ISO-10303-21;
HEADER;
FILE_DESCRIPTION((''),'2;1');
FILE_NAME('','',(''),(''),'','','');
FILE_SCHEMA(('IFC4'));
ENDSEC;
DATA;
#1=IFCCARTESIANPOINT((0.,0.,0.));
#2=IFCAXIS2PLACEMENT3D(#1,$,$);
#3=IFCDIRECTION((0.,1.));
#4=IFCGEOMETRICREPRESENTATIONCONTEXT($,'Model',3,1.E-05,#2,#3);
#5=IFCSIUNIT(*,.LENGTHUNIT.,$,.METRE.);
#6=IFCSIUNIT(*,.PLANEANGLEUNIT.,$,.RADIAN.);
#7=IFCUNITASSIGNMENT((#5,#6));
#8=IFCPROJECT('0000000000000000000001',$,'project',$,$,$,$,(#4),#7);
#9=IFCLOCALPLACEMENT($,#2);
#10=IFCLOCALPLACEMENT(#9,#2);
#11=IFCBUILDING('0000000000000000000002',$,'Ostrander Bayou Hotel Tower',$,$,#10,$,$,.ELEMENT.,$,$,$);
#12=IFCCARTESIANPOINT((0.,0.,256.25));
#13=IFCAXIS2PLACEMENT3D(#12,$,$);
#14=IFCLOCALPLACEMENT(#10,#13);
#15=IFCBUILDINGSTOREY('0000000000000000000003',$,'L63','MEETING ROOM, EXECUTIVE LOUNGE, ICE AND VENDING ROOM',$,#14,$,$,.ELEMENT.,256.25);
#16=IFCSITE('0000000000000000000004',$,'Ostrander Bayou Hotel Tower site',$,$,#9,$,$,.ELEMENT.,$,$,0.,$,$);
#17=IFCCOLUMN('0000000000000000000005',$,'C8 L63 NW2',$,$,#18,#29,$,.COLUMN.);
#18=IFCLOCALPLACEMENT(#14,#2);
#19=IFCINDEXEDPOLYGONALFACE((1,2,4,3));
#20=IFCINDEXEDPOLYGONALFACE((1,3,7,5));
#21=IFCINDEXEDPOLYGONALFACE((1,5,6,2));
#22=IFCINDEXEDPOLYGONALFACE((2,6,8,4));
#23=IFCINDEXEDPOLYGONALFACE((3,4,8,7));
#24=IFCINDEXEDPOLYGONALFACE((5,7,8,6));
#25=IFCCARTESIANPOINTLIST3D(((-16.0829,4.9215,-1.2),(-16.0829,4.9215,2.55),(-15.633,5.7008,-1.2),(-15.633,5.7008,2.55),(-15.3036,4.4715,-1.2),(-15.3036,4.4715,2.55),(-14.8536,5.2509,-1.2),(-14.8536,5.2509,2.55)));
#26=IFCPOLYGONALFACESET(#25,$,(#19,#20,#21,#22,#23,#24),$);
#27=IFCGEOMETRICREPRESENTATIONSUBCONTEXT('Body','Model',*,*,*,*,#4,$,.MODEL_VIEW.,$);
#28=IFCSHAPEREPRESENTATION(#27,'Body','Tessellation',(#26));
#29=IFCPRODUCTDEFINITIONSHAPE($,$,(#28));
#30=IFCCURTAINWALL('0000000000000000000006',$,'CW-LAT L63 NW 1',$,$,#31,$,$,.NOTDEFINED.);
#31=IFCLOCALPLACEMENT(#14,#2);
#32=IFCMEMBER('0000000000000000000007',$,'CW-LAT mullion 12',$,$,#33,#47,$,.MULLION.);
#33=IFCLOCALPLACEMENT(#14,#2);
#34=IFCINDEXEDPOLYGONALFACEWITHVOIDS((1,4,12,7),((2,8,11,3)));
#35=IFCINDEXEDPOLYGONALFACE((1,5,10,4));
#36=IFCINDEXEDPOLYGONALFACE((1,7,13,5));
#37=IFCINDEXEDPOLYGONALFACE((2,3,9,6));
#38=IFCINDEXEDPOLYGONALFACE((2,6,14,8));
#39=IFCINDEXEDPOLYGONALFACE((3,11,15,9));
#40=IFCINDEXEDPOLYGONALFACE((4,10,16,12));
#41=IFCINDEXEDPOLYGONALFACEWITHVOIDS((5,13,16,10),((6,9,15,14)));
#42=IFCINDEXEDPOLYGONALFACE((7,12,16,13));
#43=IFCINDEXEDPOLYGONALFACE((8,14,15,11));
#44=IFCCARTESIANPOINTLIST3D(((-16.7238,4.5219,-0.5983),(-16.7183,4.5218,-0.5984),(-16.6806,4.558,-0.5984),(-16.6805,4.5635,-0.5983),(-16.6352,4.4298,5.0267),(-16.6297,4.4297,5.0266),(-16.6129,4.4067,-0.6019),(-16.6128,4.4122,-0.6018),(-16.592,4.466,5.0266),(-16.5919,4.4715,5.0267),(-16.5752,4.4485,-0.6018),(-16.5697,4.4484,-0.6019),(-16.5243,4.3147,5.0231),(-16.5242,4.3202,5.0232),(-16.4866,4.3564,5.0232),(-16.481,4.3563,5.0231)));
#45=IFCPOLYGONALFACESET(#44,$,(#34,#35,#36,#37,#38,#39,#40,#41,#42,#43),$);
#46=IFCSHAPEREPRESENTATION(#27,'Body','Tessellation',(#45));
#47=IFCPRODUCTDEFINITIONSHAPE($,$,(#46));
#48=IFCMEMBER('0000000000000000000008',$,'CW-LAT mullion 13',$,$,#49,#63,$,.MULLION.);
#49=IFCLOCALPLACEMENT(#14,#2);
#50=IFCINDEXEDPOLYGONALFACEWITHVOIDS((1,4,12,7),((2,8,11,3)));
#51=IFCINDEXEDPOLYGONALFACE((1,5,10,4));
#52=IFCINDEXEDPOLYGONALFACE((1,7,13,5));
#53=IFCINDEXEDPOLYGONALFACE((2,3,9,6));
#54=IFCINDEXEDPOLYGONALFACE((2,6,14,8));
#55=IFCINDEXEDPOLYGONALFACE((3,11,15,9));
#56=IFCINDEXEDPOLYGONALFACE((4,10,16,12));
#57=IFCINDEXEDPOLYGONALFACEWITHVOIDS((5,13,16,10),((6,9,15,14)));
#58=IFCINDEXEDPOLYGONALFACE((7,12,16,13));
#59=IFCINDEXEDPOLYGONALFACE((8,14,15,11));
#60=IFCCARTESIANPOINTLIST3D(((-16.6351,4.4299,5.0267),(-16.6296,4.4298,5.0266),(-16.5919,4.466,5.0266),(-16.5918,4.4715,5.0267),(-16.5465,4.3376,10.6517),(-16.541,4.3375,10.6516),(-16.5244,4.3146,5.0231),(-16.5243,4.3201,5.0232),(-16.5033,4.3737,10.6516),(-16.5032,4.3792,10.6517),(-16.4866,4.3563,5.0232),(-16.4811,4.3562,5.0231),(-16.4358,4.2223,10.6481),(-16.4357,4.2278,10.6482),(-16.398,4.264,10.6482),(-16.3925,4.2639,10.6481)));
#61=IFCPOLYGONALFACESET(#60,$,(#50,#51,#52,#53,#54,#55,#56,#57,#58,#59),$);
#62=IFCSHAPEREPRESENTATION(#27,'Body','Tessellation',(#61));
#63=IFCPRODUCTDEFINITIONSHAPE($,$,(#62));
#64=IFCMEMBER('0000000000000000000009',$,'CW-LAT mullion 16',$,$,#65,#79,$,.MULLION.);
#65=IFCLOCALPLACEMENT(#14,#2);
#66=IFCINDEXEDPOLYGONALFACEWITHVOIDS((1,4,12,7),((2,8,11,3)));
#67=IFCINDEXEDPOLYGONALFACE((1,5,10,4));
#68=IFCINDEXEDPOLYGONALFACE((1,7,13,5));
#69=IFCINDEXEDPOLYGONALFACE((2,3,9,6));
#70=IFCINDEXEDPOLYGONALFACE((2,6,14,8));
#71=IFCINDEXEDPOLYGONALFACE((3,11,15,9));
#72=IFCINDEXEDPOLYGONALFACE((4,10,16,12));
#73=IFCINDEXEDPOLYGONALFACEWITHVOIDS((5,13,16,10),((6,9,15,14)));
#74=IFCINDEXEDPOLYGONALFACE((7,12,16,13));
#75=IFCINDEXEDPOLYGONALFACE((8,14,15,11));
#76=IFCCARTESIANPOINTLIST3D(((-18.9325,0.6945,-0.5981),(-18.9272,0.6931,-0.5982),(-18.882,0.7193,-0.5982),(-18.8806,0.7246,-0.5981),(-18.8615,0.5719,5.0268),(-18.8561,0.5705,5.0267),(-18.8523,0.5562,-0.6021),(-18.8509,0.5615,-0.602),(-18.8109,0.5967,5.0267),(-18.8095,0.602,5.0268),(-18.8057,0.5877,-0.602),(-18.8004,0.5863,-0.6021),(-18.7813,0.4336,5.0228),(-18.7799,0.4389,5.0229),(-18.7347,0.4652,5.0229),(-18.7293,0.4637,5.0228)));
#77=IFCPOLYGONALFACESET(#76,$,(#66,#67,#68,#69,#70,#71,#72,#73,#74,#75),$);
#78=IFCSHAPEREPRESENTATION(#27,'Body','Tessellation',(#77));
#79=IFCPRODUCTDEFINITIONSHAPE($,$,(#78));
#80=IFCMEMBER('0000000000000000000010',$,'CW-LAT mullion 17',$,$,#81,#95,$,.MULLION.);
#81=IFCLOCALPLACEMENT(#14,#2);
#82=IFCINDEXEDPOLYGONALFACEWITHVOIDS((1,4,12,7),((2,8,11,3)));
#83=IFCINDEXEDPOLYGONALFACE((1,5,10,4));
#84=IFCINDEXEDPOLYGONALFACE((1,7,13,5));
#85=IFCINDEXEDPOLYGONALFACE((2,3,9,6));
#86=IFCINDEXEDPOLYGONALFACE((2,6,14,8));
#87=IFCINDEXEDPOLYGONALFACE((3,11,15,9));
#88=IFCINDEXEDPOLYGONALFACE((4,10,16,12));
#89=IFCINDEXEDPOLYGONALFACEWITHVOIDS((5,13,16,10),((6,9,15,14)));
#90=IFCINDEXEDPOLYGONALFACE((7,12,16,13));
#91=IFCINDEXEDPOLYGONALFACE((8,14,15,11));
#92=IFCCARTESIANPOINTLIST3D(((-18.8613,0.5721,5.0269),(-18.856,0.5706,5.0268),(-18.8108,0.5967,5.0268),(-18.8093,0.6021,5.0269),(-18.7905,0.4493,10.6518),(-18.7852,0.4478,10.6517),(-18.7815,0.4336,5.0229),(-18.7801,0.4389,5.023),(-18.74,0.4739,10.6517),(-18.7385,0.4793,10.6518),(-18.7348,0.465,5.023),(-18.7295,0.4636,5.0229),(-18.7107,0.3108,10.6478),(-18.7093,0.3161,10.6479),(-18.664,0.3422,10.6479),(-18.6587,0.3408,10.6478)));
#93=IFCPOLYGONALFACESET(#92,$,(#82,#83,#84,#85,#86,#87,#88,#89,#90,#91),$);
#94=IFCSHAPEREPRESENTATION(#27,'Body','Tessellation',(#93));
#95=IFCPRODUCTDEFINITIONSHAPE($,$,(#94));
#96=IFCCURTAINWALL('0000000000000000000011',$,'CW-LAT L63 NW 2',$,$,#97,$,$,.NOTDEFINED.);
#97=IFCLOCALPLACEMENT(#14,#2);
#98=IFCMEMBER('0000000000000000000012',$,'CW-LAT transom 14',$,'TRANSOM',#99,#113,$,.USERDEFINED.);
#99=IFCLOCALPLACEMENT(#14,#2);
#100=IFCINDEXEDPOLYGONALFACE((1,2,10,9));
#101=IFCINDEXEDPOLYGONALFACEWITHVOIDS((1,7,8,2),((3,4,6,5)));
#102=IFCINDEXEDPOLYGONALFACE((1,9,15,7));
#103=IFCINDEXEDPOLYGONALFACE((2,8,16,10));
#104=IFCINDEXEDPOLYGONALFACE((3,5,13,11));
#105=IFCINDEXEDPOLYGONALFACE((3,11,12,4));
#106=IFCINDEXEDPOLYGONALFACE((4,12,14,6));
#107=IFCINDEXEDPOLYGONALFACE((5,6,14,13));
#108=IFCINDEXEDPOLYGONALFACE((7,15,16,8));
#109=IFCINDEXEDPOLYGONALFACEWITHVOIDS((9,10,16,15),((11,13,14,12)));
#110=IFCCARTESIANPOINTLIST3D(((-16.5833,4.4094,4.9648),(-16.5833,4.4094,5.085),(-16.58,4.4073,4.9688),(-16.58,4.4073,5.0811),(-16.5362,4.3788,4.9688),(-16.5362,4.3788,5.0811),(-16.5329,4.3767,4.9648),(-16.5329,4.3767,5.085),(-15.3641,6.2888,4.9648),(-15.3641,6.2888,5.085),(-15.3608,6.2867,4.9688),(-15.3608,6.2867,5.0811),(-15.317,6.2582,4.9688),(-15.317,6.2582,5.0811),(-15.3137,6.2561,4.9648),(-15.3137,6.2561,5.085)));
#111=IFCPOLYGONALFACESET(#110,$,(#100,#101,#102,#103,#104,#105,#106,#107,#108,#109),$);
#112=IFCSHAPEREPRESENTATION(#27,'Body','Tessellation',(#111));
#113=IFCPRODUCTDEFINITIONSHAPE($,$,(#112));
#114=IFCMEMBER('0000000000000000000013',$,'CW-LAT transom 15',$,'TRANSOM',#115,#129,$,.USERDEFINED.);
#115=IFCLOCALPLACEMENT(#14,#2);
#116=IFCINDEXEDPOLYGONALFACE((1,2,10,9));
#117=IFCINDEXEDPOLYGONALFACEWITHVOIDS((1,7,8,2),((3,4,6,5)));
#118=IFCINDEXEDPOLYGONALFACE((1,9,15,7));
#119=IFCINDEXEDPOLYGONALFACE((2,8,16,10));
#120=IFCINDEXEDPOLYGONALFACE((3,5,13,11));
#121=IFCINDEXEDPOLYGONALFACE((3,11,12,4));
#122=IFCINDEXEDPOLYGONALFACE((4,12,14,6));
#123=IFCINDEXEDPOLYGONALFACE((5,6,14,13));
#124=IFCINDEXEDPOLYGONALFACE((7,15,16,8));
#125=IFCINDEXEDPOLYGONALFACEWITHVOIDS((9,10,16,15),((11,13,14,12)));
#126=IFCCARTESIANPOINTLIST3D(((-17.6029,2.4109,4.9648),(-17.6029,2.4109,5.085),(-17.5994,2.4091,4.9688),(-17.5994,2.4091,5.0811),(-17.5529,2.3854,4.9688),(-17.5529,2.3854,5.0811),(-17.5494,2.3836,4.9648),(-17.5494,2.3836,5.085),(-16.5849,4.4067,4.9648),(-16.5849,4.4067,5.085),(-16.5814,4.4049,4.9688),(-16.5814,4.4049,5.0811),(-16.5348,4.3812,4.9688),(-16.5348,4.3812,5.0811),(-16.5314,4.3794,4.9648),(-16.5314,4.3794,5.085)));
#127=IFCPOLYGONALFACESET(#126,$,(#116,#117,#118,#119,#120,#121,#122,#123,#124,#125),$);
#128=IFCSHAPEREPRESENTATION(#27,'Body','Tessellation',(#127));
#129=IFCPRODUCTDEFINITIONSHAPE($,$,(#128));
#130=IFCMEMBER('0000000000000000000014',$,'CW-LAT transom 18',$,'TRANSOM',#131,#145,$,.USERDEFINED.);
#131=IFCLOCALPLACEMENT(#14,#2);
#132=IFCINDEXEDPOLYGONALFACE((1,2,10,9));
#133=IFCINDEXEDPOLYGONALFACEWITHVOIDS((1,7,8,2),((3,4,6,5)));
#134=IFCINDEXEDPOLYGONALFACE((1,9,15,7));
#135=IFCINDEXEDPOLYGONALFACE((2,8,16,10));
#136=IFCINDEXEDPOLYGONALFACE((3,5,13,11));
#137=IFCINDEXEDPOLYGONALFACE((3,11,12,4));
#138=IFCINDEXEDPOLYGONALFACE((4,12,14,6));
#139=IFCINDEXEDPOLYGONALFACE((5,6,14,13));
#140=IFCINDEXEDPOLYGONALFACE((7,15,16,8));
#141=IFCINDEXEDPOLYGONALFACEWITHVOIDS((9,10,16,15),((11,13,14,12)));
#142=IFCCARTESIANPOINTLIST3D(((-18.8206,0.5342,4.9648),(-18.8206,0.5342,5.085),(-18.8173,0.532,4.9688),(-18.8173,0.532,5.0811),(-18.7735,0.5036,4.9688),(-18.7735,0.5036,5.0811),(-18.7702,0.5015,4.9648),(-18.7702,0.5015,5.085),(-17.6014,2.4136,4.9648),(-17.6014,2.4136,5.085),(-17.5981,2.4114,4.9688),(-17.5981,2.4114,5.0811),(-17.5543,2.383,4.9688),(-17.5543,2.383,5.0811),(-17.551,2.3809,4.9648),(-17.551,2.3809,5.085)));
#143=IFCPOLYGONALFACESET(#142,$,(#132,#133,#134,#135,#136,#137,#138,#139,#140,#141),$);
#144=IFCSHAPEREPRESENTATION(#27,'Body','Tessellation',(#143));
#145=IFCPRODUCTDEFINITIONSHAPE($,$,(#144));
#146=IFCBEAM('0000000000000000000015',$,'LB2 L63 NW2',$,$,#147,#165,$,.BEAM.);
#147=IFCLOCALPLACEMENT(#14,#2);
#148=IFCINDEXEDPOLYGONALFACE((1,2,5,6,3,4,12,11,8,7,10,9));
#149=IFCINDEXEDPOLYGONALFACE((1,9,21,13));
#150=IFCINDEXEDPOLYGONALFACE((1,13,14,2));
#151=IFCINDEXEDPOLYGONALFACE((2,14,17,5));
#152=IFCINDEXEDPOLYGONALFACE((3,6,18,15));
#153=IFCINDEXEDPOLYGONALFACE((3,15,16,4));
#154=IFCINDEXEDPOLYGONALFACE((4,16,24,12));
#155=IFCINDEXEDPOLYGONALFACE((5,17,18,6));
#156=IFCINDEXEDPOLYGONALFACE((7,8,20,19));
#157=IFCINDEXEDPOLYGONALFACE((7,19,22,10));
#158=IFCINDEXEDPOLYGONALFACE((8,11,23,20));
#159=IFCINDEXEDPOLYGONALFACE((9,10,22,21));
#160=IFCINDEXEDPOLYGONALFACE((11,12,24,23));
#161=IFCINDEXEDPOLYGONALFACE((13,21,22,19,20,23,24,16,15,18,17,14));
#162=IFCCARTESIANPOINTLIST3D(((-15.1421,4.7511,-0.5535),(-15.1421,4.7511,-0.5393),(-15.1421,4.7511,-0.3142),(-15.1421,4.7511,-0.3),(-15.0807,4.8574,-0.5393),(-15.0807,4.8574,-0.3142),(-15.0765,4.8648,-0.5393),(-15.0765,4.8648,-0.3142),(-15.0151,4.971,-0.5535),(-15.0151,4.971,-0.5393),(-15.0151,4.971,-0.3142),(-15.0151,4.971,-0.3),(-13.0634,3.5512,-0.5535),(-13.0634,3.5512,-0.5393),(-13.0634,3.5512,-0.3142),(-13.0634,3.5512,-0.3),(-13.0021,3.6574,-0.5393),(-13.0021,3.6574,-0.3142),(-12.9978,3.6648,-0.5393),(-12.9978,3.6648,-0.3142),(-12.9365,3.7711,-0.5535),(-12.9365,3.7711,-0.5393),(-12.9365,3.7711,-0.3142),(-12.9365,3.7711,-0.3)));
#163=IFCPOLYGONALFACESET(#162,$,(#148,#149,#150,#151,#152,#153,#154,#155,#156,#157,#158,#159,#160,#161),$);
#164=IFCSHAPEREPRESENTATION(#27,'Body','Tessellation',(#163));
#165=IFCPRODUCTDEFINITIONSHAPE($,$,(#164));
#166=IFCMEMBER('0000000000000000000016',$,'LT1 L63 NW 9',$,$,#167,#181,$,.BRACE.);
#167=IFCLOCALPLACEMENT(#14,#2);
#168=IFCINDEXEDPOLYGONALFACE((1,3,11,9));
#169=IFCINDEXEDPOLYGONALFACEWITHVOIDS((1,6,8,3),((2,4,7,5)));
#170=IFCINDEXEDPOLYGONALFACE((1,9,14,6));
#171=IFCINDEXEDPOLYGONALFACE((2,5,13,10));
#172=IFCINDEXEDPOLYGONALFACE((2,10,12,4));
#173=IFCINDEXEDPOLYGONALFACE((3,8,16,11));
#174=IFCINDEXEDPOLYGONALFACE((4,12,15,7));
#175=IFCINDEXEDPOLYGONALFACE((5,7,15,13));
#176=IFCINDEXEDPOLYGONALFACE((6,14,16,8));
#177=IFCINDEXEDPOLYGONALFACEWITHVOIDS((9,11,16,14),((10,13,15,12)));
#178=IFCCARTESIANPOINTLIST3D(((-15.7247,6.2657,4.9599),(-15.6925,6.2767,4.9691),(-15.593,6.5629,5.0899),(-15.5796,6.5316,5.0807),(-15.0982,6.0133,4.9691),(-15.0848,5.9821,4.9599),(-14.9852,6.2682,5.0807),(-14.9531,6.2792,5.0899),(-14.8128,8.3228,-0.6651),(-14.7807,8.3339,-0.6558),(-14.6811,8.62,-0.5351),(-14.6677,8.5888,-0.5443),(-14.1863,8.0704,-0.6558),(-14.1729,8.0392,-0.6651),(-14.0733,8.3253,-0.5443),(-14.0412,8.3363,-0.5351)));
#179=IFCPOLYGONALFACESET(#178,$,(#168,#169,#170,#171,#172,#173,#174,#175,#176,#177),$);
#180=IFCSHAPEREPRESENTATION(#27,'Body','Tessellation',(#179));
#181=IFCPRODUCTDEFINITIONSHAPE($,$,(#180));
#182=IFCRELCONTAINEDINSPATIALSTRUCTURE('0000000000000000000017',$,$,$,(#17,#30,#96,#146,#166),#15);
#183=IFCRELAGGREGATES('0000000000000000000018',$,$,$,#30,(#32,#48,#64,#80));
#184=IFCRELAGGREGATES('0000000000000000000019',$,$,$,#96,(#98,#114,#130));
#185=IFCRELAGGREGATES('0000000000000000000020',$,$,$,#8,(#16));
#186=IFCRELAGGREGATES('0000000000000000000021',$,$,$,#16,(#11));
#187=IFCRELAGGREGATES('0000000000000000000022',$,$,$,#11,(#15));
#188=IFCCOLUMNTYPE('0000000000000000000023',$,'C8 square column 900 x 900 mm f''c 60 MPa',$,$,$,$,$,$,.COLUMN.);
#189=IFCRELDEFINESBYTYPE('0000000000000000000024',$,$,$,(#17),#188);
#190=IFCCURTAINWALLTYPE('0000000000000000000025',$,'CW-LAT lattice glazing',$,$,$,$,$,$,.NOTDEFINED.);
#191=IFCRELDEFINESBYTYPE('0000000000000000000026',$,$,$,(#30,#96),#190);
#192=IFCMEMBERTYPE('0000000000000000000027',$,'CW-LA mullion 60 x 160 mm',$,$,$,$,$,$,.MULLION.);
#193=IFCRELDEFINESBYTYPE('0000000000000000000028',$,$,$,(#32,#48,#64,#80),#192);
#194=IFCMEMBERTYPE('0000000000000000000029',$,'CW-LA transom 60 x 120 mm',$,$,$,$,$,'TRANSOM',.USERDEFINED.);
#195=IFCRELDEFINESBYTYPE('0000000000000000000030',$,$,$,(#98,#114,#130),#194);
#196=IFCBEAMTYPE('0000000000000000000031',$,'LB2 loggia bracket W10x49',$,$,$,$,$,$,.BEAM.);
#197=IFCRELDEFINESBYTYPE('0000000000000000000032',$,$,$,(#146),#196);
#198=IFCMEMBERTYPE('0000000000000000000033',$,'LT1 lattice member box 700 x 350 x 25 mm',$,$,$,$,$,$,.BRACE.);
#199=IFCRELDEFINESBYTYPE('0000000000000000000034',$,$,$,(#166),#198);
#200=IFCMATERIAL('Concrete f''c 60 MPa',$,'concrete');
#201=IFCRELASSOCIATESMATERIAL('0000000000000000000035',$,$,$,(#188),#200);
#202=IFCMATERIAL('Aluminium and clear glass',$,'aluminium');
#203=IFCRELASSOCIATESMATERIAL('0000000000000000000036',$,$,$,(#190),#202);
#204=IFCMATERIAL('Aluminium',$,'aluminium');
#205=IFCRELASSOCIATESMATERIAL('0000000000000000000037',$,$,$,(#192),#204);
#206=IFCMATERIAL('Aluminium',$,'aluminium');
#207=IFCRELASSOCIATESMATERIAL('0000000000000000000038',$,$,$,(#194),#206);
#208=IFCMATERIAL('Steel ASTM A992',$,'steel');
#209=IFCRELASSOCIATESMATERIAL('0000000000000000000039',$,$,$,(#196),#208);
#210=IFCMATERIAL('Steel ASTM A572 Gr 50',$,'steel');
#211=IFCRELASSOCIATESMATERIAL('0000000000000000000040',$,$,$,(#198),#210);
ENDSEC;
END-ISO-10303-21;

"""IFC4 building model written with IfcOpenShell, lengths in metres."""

from ifc_helpers import new_model, si_unit, direction, frame, origin, origin_2d, place, context, subcontext, project, spatial, rectangle, hollow_rectangle, i_section, extrude, material, material_profile, profile_set, type_object, element, aggregate, save


model = new_model("IFC4")

# Units and contexts
model_context = context("Model", 3, precision=1e-05, world=origin(), true_north=direction((0.0, 1.0)))
body_context = subcontext(model_context, "Body", "Model", "MODEL_VIEW")
ifc_project = project(units=[si_unit("LENGTHUNIT", "METRE"), si_unit("PLANEANGLEUNIT", "RADIAN")], contexts=[model_context])

# Site, building, storey
site_placement = place(None, origin())
site = spatial("IfcSite", under=ifc_project, at=site_placement, Name="Ostrander Bayou Hotel Tower site", CompositionType="ELEMENT", RefElevation=0.0)
building_placement = place(site_placement, origin())
building = spatial("IfcBuilding", under=site, at=building_placement, Name="Ostrander Bayou Hotel Tower", CompositionType="ELEMENT")
storey_placement = place(building_placement, frame((0.0, 0.0, 256.25)))
storey = spatial("IfcBuildingStorey", under=building, at=storey_placement, Name="L63", Description="MEETING ROOM, EXECUTIVE LOUNGE, ICE AND VENDING ROOM", CompositionType="ELEMENT", Elevation=256.25)

# Column
ifc_material_1 = material(Name="Concrete f'c 60 MPa", Category="concrete")
ifc_material_profile_1 = material_profile(ifc_material_1, rectangle(XDim=0.8999, YDim=0.8999, at=origin_2d()))
ifc_profile_set_1 = profile_set([ifc_material_profile_1], Name="Concrete f'c 60 MPa")
column_type = type_object("IfcColumnType", Name="C8 square column 900 x 900 mm f'c 60 MPa", PredefinedType="COLUMN", material=ifc_profile_set_1)
column_placement = place(storey_placement, frame((-15.4683, 5.0862, -1.2), z_axis=(0.0, 0.0, 1.0), x_axis=(0.5, 0.866025, 0.0)))
element("IfcColumn", 1, at=column_placement, inside=storey, type_object=column_type, Name="C8 L63 NW2", PredefinedType="COLUMN", context=body_context, shape_type="SweptSolid", body=[
    extrude(rectangle(XDim=0.8999, YDim=0.8999, at=origin_2d()), origin(), (0.0, 0.0, 1.0), 3.75),
])

# Curtain walls, members
ifc_material_2 = material(Name="Aluminium and clear glass", Category="aluminium")
curtain_wall_type = type_object("IfcCurtainWallType", Name="CW-LAT lattice glazing", PredefinedType="NOTDEFINED", material=ifc_material_2)
curtain_wall_1_placement = place(storey_placement, origin())
curtain_wall_1 = element("IfcCurtainWall", 2, at=curtain_wall_1_placement, inside=storey, type_object=curtain_wall_type, Name="CW-LAT L63 NW 1", PredefinedType="NOTDEFINED")
ifc_material_3 = material(Name="Aluminium", Category="aluminium")
ifc_material_profile_2 = material_profile(ifc_material_3, hollow_rectangle(XDim=0.0601, YDim=0.1599, WallThickness=0.0039, at=origin_2d()))
ifc_profile_set_2 = profile_set([ifc_material_profile_2], Name="Aluminium")
member_type_1 = type_object("IfcMemberType", Name="CW-LA mullion 60 x 160 mm", PredefinedType="MULLION", material=ifc_profile_set_2)
member_1_placement = place(storey_placement, frame((-16.6467, 4.4851, -0.6001), z_axis=(0.015751, -0.016359, 0.999742), x_axis=(0.720356, 0.693605, 0.0)))
member_1 = element("IfcMember", 3, at=member_1_placement, type_object=member_type_1, Name="CW-LAT mullion 12", PredefinedType="MULLION", context=body_context, shape_type="SweptSolid", body=[
    extrude(hollow_rectangle(XDim=0.0601, YDim=0.1599, WallThickness=0.0039, at=origin_2d()), origin(), (0.0, 0.0, 1.0), 5.6265),
])
member_2_placement = place(storey_placement, frame((-16.5581, 4.3931, 5.0249), z_axis=(0.015751, -0.016402, 0.999741), x_axis=(0.721273, 0.692651, 0.0)))
member_2 = element("IfcMember", 4, at=member_2_placement, type_object=member_type_1, Name="CW-LAT mullion 13", PredefinedType="MULLION", context=body_context, shape_type="SweptSolid", body=[
    extrude(hollow_rectangle(XDim=0.0601, YDim=0.1599, WallThickness=0.0039, at=origin_2d()), origin(), (0.0, 0.0, 1.0), 5.6265),
])
member_3_placement = place(storey_placement, frame((-18.8665, 0.6404, -0.6001), z_axis=(0.012626, -0.021781, 0.999683), x_axis=(0.865151, 0.501512, 0.0)))
member_3 = element("IfcMember", 5, at=member_3_placement, type_object=member_type_1, Name="CW-LAT mullion 16", PredefinedType="MULLION", context=body_context, shape_type="SweptSolid", body=[
    extrude(hollow_rectangle(XDim=0.0601, YDim=0.1599, WallThickness=0.0039, at=origin_2d()), origin(), (0.0, 0.0, 1.0), 5.6267),
])
member_4_placement = place(storey_placement, frame((-18.7954, 0.5178, 5.0249), z_axis=(0.012583, -0.021825, 0.999683), x_axis=(0.866329, 0.499474, 0.0)))
member_4 = element("IfcMember", 6, at=member_4_placement, type_object=member_type_1, Name="CW-LAT mullion 17", PredefinedType="MULLION", context=body_context, shape_type="SweptSolid", body=[
    extrude(hollow_rectangle(XDim=0.0601, YDim=0.1599, WallThickness=0.0039, at=origin_2d()), origin(), (0.0, 0.0, 1.0), 5.6267),
])
curtain_wall_2_placement = place(storey_placement, origin())
curtain_wall_2 = element("IfcCurtainWall", 7, at=curtain_wall_2_placement, inside=storey, type_object=curtain_wall_type, Name="CW-LAT L63 NW 2", PredefinedType="NOTDEFINED")
ifc_material_4 = material(Name="Aluminium", Category="aluminium")
ifc_material_profile_3 = material_profile(ifc_material_4, hollow_rectangle(XDim=0.0601, YDim=0.1201, WallThickness=0.0039, at=origin_2d()))
ifc_profile_set_3 = profile_set([ifc_material_profile_3], Name="Aluminium")
member_type_2 = type_object("IfcMemberType", Name="CW-LA transom 60 x 120 mm", ElementType="TRANSOM", PredefinedType="USERDEFINED", material=ifc_profile_set_3)
member_5_placement = place(storey_placement, frame((-16.5581, 4.3931, 5.0249), z_axis=(0.544245, 0.838926, 0.0), x_axis=(-0.838926, 0.544245, 0.0)))
member_5 = element("IfcMember", 8, at=member_5_placement, type_object=member_type_2, Name="CW-LAT transom 14", ObjectType="TRANSOM", PredefinedType="USERDEFINED", context=body_context, shape_type="SweptSolid", body=[
    extrude(hollow_rectangle(XDim=0.0601, YDim=0.1201, WallThickness=0.0039, at=origin_2d()), origin(), (0.0, 0.0, 1.0), 2.2402),
])
member_6_placement = place(storey_placement, frame((-16.5581, 4.3931, 5.0249), z_axis=(-0.454391, -0.890802, 0.0), x_axis=(0.890802, -0.454391, 0.0)))
member_6 = element("IfcMember", 9, at=member_6_placement, type_object=member_type_2, Name="CW-LAT transom 15", ObjectType="TRANSOM", PredefinedType="USERDEFINED", context=body_context, shape_type="SweptSolid", body=[
    extrude(hollow_rectangle(XDim=0.0601, YDim=0.1201, WallThickness=0.0039, at=origin_2d()), origin(), (0.0, 0.0, 1.0), 2.2405),
])
member_7_placement = place(storey_placement, frame((-18.7954, 0.5178, 5.0249), z_axis=(0.544245, 0.838926, 0.0), x_axis=(-0.838926, 0.544245, 0.0)))
member_7 = element("IfcMember", 10, at=member_7_placement, type_object=member_type_2, Name="CW-LAT transom 18", ObjectType="TRANSOM", PredefinedType="USERDEFINED", context=body_context, shape_type="SweptSolid", body=[
    extrude(hollow_rectangle(XDim=0.0601, YDim=0.1201, WallThickness=0.0039, at=origin_2d()), origin(), (0.0, 0.0, 1.0), 2.2402),
])

# Beam
ifc_material_5 = material(Name="Steel ASTM A992", Category="steel")
ifc_material_profile_4 = material_profile(ifc_material_5, i_section(OverallWidth=0.2539, OverallDepth=0.2534, WebThickness=0.0085, FlangeThickness=0.0142, at=origin_2d()))
ifc_profile_set_4 = profile_set([ifc_material_profile_4], Name="Steel ASTM A992")
beam_type_1 = type_object("IfcBeamType", Name="LB2 loggia bracket W10x49", PredefinedType="BEAM", material=ifc_profile_set_4)
beam_1_placement = place(storey_placement, frame((-15.0786, 4.8611, -0.4268), z_axis=(0.86605, -0.499957, 0.0), x_axis=(0.499957, 0.86605, 0.0)))
element("IfcBeam", 11, at=beam_1_placement, inside=storey, type_object=beam_type_1, Name="LB2 L63 NW2", PredefinedType="BEAM", context=body_context, shape_type="SweptSolid", body=[
    extrude(i_section(OverallWidth=0.2539, OverallDepth=0.2534, WebThickness=0.0085, FlangeThickness=0.0142, at=origin_2d()), origin(), (0.0, 0.0, 1.0), 2.4001),
])

# Member
ifc_material_6 = material(Name="Steel ASTM A572 Gr 50", Category="steel")
ifc_material_profile_5 = material_profile(ifc_material_6, hollow_rectangle(XDim=0.7, YDim=0.3501, WallThickness=0.0249, at=origin_2d()))
ifc_profile_set_5 = profile_set([ifc_material_profile_5], Name="Steel ASTM A572 Gr 50")
member_type_3 = type_object("IfcMemberType", Name="LT1 lattice member box 700 x 350 x 25 mm", PredefinedType="BRACE", material=ifc_profile_set_5)
member_8_placement = place(storey_placement, frame((-15.3389, 6.2725, 5.0249), z_axis=(0.150513, 0.339551, -0.928467), x_axis=(-0.914209, 0.405242, 0.0)))
element("IfcMember", 12, at=member_8_placement, inside=storey, type_object=member_type_3, Name="LT1 L63 NW 9", PredefinedType="BRACE", context=body_context, shape_type="SweptSolid", body=[
    extrude(hollow_rectangle(XDim=0.7, YDim=0.3501, WallThickness=0.0249, at=origin_2d()), origin(), (0.0, 0.0, 1.0), 6.0583),
])

aggregate(curtain_wall_1, [member_1, member_2, member_3, member_4])
aggregate(curtain_wall_2, [member_5, member_6, member_7])

save(model, "model.ifc")
